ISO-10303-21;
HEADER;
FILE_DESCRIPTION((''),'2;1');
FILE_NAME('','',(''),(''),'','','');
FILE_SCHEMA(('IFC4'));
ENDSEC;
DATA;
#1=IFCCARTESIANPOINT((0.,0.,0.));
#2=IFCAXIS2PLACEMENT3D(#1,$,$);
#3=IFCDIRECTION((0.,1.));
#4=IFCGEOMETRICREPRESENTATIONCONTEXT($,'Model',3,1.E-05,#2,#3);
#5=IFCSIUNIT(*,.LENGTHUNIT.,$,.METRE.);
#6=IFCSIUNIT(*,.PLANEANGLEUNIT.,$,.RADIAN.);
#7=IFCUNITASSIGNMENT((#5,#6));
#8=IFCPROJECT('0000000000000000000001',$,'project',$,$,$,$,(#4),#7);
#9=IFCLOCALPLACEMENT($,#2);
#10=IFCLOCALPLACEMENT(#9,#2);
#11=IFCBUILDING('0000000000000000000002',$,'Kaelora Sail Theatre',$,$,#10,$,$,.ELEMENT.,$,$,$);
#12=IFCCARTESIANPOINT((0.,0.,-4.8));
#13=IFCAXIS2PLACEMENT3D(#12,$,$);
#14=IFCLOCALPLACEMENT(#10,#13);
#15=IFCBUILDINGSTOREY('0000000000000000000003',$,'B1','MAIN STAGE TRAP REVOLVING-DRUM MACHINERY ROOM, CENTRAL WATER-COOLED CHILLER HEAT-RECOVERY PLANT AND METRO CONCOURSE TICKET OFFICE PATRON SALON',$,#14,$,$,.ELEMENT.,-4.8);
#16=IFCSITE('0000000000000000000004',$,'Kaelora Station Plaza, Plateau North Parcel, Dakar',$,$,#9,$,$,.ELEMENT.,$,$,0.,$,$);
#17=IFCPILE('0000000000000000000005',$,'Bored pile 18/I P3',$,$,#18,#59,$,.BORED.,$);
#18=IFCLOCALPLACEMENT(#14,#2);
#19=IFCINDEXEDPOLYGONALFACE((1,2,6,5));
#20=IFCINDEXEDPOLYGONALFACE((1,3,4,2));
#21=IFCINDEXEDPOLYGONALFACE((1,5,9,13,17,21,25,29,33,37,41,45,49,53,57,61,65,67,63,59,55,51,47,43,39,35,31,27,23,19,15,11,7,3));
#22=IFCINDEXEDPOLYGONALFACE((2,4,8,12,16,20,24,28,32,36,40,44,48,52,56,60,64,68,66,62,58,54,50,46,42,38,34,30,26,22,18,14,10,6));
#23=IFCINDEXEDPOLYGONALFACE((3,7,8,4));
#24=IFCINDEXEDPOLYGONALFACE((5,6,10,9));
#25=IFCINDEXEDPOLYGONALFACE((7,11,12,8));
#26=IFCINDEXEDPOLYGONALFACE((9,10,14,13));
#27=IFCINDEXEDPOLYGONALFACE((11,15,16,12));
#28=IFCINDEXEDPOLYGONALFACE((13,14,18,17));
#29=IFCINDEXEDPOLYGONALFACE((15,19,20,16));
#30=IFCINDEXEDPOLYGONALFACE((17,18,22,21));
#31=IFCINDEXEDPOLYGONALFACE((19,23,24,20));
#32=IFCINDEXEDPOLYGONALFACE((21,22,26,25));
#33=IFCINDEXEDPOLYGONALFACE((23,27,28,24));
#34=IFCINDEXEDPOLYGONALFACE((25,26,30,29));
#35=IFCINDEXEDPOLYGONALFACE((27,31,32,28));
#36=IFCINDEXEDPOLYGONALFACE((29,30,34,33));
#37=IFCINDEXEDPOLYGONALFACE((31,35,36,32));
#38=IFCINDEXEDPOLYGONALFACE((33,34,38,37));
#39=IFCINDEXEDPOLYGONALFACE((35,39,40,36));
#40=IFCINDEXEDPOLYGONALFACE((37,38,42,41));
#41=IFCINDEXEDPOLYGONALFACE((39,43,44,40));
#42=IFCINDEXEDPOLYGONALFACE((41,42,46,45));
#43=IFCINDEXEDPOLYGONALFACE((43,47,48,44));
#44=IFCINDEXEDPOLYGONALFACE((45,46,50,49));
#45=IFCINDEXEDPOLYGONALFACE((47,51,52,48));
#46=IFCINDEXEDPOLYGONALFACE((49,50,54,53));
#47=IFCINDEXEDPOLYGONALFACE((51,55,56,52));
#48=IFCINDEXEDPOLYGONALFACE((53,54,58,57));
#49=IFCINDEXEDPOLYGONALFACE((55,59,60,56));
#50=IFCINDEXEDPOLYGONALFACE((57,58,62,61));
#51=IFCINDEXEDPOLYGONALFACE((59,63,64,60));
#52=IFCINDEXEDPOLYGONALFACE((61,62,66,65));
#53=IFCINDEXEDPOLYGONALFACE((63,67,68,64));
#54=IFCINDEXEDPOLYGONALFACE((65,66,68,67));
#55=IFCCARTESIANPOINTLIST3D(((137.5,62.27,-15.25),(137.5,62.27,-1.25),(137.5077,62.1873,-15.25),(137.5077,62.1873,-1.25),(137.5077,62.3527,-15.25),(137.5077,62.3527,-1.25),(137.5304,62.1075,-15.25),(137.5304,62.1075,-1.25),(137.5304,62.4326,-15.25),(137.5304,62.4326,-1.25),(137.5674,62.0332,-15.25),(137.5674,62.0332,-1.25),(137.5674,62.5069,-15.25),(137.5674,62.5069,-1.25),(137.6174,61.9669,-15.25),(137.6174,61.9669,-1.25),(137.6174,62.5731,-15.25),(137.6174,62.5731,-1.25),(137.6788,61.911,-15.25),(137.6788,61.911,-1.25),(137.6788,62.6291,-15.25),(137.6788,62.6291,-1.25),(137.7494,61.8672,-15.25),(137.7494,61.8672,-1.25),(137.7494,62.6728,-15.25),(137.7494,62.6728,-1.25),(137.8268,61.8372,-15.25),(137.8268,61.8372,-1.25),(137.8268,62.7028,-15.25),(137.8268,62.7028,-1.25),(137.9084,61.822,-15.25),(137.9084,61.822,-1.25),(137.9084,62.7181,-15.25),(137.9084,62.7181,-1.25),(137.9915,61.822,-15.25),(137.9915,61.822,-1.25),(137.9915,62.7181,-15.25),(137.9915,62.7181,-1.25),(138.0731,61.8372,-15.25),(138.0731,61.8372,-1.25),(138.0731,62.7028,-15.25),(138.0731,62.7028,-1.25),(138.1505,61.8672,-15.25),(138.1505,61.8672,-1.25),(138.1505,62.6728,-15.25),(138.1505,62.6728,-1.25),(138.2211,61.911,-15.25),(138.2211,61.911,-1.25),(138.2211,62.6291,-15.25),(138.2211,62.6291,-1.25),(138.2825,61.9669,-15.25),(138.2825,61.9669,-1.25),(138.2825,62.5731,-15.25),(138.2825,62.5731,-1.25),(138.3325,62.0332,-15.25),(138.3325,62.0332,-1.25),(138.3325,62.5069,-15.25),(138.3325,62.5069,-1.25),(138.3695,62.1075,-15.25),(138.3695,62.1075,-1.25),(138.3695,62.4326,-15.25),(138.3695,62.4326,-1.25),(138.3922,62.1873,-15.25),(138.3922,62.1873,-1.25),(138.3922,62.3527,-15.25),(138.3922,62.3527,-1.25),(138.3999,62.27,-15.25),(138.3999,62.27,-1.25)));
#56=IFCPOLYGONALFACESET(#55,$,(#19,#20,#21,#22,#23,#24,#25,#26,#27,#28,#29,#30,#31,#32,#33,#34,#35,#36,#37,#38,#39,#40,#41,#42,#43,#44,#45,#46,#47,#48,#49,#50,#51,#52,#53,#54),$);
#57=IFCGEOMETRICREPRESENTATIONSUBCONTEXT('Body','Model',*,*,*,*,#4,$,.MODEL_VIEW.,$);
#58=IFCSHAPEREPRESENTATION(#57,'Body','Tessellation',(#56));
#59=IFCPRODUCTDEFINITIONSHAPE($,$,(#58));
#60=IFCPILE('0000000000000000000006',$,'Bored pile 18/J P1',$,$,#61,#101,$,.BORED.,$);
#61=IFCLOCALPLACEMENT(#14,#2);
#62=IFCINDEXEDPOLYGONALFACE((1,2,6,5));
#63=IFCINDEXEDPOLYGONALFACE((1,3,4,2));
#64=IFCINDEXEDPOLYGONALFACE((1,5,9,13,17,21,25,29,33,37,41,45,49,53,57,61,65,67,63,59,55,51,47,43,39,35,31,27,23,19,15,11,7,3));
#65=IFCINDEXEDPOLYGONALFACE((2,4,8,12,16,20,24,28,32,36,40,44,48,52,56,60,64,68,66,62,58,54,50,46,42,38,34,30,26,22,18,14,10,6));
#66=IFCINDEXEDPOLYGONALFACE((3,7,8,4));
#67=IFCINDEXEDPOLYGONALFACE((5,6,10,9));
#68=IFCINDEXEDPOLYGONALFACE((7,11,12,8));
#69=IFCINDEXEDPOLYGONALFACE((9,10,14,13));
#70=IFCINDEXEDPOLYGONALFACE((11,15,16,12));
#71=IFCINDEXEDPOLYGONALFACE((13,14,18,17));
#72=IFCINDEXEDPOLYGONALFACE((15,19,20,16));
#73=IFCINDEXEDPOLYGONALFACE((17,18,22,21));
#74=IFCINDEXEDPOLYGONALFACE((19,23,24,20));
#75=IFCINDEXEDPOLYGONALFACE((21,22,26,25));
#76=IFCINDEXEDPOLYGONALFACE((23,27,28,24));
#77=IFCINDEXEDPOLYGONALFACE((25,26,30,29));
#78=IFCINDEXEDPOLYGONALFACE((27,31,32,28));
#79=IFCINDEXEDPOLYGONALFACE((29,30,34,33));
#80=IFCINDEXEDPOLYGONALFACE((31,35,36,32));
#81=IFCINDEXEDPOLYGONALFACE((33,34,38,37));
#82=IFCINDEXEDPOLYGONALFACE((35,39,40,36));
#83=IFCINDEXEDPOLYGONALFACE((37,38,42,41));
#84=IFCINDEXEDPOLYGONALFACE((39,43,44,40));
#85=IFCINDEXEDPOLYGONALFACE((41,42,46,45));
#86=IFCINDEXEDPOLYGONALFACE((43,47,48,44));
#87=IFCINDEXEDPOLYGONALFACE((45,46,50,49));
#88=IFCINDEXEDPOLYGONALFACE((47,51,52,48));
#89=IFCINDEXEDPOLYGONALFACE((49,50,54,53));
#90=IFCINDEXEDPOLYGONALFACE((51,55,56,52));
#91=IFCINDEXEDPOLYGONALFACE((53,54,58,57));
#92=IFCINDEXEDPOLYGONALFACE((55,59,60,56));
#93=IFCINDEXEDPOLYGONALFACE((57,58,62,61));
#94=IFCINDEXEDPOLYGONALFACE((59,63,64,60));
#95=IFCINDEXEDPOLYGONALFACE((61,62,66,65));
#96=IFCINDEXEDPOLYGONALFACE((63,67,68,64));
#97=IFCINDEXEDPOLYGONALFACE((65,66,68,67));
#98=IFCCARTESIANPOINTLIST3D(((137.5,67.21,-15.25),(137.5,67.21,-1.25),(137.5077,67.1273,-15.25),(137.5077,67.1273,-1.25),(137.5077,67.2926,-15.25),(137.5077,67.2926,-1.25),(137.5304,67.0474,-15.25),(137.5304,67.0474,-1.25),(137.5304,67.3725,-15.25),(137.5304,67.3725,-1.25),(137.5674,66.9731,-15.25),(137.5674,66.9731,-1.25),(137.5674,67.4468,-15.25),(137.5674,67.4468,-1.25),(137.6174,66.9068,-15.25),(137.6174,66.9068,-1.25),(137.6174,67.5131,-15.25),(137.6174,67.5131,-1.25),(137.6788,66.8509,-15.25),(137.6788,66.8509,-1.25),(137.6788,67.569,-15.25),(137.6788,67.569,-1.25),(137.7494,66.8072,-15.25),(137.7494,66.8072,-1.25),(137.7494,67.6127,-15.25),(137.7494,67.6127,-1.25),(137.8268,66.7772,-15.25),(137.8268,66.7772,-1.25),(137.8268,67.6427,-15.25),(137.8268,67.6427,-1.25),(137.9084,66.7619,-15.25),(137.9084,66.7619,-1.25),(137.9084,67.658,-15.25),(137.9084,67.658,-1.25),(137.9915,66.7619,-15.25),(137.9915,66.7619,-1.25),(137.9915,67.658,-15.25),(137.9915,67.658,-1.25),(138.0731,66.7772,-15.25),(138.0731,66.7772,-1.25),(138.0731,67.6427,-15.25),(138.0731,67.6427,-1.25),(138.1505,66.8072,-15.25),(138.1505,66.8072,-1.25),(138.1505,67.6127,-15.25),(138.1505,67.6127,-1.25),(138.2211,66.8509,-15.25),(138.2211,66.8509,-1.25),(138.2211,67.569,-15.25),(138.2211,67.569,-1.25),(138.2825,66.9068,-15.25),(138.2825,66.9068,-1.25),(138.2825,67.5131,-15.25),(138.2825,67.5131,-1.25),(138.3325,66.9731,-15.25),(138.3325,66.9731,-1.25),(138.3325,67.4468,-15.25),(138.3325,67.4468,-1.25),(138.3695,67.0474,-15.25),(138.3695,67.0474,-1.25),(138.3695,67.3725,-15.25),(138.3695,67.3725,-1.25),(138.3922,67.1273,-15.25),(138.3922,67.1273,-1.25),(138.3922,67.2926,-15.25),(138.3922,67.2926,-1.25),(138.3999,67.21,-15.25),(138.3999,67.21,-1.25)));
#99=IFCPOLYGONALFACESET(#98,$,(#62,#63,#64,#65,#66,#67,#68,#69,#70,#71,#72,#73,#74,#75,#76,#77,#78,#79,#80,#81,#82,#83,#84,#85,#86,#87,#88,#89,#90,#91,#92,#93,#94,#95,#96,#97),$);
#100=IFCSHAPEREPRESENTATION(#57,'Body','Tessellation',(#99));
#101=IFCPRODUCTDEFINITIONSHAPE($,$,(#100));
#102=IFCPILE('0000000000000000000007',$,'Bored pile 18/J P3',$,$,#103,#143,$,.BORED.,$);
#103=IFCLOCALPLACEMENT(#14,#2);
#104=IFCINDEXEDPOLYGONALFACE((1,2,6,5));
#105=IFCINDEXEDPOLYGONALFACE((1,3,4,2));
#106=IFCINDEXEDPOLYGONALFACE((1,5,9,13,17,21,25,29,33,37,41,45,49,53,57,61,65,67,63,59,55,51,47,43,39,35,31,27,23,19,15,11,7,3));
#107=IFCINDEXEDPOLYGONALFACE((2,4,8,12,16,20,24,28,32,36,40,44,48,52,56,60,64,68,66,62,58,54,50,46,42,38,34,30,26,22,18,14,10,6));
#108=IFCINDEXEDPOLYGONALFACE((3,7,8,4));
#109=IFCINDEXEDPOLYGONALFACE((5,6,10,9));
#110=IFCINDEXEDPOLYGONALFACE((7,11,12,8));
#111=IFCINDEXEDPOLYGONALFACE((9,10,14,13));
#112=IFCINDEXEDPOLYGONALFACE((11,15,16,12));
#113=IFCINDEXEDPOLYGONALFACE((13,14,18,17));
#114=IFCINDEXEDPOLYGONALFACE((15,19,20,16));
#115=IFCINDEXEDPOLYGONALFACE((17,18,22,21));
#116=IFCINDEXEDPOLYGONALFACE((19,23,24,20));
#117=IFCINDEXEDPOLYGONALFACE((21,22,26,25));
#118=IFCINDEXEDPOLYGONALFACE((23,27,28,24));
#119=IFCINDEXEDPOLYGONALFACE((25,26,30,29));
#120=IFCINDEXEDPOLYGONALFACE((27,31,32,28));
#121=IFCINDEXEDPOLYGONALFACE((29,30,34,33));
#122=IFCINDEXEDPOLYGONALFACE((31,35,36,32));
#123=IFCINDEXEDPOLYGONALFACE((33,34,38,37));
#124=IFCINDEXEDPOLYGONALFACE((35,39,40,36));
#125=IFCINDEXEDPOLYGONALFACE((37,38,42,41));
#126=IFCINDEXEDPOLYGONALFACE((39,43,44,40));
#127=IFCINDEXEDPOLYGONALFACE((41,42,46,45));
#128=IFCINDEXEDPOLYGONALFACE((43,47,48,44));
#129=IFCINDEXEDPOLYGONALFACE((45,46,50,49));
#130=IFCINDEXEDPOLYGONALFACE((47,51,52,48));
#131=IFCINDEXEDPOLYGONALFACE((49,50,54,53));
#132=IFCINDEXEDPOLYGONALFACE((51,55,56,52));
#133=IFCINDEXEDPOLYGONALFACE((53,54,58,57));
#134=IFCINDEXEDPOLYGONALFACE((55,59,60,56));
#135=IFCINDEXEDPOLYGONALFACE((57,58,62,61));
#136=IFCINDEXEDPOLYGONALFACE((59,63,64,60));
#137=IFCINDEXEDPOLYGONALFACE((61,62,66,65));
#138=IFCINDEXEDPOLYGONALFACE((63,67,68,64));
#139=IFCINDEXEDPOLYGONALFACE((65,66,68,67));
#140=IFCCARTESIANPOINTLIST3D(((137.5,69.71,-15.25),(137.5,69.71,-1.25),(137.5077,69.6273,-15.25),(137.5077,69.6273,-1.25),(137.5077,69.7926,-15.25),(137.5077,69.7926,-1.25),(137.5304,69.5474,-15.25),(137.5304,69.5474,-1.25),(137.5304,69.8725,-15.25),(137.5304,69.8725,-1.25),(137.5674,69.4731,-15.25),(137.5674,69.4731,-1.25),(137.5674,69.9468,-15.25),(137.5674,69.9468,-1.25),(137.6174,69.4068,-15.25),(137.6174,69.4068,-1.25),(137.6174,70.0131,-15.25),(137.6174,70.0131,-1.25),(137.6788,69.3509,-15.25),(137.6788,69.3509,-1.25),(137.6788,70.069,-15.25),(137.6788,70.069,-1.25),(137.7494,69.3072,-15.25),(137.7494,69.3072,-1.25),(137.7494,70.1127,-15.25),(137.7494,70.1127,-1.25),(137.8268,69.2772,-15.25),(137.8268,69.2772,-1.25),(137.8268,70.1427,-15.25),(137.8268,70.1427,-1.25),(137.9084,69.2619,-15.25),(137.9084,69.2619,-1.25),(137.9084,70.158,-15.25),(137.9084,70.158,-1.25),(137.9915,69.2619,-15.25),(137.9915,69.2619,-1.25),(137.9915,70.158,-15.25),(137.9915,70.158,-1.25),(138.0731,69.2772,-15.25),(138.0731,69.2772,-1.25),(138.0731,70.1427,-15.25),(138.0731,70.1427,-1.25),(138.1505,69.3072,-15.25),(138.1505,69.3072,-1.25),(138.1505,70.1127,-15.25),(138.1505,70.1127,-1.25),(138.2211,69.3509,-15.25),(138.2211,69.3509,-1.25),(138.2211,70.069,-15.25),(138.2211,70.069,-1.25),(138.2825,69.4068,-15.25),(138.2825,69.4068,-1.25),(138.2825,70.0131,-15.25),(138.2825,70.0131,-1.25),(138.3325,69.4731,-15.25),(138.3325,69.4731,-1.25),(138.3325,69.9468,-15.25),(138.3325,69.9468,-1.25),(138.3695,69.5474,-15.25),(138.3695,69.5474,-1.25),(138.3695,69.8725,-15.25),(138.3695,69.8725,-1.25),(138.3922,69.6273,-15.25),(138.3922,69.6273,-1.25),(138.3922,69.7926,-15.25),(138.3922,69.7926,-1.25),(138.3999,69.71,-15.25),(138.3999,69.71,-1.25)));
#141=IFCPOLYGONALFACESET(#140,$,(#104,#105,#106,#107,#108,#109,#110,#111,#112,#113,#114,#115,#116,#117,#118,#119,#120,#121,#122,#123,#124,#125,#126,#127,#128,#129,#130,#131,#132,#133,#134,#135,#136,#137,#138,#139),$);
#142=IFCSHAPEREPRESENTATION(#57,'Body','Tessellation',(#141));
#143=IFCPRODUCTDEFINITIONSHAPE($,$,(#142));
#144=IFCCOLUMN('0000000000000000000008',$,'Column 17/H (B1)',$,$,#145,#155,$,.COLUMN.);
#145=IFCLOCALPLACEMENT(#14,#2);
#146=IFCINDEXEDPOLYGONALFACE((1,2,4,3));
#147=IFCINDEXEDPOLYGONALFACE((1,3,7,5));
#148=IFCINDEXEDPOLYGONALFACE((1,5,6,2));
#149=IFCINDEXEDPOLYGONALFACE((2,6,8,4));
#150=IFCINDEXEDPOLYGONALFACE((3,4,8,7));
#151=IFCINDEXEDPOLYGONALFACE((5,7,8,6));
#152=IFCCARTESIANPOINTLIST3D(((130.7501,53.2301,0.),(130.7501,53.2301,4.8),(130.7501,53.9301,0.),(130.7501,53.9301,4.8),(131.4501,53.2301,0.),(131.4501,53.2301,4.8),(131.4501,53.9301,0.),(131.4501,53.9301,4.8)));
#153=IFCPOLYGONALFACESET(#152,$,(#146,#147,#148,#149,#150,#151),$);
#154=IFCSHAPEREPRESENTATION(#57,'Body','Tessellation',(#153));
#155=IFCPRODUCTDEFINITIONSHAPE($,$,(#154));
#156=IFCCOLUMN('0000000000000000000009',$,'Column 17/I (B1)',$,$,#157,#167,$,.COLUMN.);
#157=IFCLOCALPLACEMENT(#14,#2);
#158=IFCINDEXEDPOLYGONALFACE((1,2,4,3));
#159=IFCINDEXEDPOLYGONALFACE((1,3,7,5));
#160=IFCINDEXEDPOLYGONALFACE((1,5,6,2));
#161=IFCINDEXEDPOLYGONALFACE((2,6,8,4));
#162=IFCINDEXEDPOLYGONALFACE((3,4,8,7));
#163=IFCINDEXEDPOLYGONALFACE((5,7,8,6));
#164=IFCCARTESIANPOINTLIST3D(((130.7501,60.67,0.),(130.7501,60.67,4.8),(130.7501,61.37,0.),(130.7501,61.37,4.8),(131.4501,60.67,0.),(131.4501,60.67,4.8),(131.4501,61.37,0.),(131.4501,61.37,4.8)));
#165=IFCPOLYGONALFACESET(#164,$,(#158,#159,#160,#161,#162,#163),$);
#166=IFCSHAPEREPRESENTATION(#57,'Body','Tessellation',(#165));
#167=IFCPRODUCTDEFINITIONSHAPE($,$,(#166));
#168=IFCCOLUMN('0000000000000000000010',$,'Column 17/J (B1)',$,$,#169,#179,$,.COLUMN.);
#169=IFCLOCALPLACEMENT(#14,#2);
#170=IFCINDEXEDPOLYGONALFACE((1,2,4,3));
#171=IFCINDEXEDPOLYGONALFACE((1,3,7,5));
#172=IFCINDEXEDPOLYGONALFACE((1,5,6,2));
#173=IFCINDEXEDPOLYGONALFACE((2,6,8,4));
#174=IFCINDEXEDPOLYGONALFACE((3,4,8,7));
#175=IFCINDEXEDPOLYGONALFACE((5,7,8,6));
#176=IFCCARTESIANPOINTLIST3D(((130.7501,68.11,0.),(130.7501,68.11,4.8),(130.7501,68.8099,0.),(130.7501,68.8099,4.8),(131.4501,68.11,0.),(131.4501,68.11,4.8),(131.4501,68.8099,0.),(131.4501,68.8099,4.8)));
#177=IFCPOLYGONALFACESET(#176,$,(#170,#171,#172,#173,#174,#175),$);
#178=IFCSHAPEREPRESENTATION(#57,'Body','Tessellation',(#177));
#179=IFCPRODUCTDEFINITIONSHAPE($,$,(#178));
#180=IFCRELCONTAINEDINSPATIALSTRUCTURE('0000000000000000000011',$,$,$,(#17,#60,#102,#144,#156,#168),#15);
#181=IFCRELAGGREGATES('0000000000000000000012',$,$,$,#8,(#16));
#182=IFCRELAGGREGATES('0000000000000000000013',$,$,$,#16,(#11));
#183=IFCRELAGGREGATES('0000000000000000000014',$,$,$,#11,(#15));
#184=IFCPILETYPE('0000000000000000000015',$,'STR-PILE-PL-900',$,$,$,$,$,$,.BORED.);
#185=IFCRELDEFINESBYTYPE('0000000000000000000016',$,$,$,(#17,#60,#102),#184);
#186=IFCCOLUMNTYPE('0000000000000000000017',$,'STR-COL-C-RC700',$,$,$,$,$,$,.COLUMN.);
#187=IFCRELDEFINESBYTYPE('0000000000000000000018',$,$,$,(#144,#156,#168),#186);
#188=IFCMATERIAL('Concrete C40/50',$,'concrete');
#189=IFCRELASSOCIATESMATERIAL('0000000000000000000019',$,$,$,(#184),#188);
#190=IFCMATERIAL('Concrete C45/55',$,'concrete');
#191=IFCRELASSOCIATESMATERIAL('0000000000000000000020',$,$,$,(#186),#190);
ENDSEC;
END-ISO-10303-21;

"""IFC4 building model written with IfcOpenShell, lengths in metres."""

from ifc_helpers import new_model, si_unit, direction, frame, origin, origin_2d, place, context, subcontext, project, spatial, rectangle, circle, extrude, material, material_profile, profile_set, type_object, element, save


model = new_model("IFC4")

# Units and contexts
model_context = context("Model", 3, precision=1e-05, world=origin(), true_north=direction((0.0, 1.0)))
body_context = subcontext(model_context, "Body", "Model", "MODEL_VIEW")
ifc_project = project(units=[si_unit("LENGTHUNIT", "METRE"), si_unit("PLANEANGLEUNIT", "RADIAN")], contexts=[model_context])

# Site, building, storey
site_placement = place(None, origin())
site = spatial("IfcSite", under=ifc_project, at=site_placement, Name="Kaelora Station Plaza, Plateau North Parcel, Dakar", CompositionType="ELEMENT", RefElevation=0.0)
building_placement = place(site_placement, origin())
building = spatial("IfcBuilding", under=site, at=building_placement, Name="Kaelora Sail Theatre", CompositionType="ELEMENT")
storey_placement = place(building_placement, frame((0.0, 0.0, -4.8)))
storey = spatial("IfcBuildingStorey", under=building, at=storey_placement, Name="B1", Description="MAIN STAGE TRAP REVOLVING-DRUM MACHINERY ROOM, CENTRAL WATER-COOLED CHILLER HEAT-RECOVERY PLANT AND METRO CONCOURSE TICKET OFFICE PATRON SALON", CompositionType="ELEMENT", Elevation=-4.8)

# Piles
ifc_material_1 = material(Name="Concrete C40/50", Category="concrete")
ifc_material_profile_1 = material_profile(ifc_material_1, circle(Radius=0.45, at=origin_2d()), Name="PILE D900")
ifc_profile_set_1 = profile_set([ifc_material_profile_1], Name="Concrete C40/50")
pile_type_1 = type_object("IfcPileType", Name="STR-PILE-PL-900", PredefinedType="BORED", material=ifc_profile_set_1)
for number, where, z_axis, x_axis, name in (
    (1, (137.95, 62.27, -1.25), (0.0, 0.0, -1.0), (1.0, 0.0, 0.0), "Bored pile 18/I P3"),
    (2, (137.95, 67.21, -1.25), (0.0, 0.0, -1.0), (1.0, 0.0, 0.0), "Bored pile 18/J P1"),
    (3, (137.95, 69.71, -1.25), (0.0, 0.0, -1.0), (1.0, 0.0, 0.0), "Bored pile 18/J P3"),
):
    element("IfcPile", number, at=place(storey_placement, frame(where, z_axis=z_axis, x_axis=x_axis)), inside=storey, type_object=pile_type_1, Name=name, PredefinedType="BORED", context=body_context, shape_type="SweptSolid", body=[
        extrude(circle(Radius=0.45, at=origin_2d()), origin(), (0.0, 0.0, 1.0), 14.0),
    ])

# Columns
ifc_material_2 = material(Name="Concrete C45/55", Category="concrete")
ifc_material_profile_2 = material_profile(ifc_material_2, rectangle(XDim=0.7, YDim=0.7, at=origin_2d()), Name="RC-COL 700x700")
ifc_profile_set_2 = profile_set([ifc_material_profile_2], Name="Concrete C45/55")
column_type = type_object("IfcColumnType", Name="STR-COL-C-RC700", PredefinedType="COLUMN", material=ifc_profile_set_2)
for number, where, z_axis, x_axis, name in (
    (4, (131.1001, 53.5801, 0.0), (0.0, 0.0, 1.0), (1.0, 0.0, 0.0), "Column 17/H (B1)"),
    (5, (131.1001, 61.02, 0.0), (0.0, 0.0, 1.0), (1.0, 0.0, 0.0), "Column 17/I (B1)"),
    (6, (131.1001, 68.46, 0.0), (0.0, 0.0, 1.0), (1.0, 0.0, 0.0), "Column 17/J (B1)"),
):
    element("IfcColumn", number, at=place(storey_placement, frame(where, z_axis=z_axis, x_axis=x_axis)), inside=storey, type_object=column_type, Name=name, PredefinedType="COLUMN", context=body_context, shape_type="SweptSolid", body=[
        extrude(rectangle(XDim=0.7, YDim=0.7, at=origin_2d()), origin(), (0.0, 0.0, 1.0), 4.8),
    ])

save(model, "model.ifc")
